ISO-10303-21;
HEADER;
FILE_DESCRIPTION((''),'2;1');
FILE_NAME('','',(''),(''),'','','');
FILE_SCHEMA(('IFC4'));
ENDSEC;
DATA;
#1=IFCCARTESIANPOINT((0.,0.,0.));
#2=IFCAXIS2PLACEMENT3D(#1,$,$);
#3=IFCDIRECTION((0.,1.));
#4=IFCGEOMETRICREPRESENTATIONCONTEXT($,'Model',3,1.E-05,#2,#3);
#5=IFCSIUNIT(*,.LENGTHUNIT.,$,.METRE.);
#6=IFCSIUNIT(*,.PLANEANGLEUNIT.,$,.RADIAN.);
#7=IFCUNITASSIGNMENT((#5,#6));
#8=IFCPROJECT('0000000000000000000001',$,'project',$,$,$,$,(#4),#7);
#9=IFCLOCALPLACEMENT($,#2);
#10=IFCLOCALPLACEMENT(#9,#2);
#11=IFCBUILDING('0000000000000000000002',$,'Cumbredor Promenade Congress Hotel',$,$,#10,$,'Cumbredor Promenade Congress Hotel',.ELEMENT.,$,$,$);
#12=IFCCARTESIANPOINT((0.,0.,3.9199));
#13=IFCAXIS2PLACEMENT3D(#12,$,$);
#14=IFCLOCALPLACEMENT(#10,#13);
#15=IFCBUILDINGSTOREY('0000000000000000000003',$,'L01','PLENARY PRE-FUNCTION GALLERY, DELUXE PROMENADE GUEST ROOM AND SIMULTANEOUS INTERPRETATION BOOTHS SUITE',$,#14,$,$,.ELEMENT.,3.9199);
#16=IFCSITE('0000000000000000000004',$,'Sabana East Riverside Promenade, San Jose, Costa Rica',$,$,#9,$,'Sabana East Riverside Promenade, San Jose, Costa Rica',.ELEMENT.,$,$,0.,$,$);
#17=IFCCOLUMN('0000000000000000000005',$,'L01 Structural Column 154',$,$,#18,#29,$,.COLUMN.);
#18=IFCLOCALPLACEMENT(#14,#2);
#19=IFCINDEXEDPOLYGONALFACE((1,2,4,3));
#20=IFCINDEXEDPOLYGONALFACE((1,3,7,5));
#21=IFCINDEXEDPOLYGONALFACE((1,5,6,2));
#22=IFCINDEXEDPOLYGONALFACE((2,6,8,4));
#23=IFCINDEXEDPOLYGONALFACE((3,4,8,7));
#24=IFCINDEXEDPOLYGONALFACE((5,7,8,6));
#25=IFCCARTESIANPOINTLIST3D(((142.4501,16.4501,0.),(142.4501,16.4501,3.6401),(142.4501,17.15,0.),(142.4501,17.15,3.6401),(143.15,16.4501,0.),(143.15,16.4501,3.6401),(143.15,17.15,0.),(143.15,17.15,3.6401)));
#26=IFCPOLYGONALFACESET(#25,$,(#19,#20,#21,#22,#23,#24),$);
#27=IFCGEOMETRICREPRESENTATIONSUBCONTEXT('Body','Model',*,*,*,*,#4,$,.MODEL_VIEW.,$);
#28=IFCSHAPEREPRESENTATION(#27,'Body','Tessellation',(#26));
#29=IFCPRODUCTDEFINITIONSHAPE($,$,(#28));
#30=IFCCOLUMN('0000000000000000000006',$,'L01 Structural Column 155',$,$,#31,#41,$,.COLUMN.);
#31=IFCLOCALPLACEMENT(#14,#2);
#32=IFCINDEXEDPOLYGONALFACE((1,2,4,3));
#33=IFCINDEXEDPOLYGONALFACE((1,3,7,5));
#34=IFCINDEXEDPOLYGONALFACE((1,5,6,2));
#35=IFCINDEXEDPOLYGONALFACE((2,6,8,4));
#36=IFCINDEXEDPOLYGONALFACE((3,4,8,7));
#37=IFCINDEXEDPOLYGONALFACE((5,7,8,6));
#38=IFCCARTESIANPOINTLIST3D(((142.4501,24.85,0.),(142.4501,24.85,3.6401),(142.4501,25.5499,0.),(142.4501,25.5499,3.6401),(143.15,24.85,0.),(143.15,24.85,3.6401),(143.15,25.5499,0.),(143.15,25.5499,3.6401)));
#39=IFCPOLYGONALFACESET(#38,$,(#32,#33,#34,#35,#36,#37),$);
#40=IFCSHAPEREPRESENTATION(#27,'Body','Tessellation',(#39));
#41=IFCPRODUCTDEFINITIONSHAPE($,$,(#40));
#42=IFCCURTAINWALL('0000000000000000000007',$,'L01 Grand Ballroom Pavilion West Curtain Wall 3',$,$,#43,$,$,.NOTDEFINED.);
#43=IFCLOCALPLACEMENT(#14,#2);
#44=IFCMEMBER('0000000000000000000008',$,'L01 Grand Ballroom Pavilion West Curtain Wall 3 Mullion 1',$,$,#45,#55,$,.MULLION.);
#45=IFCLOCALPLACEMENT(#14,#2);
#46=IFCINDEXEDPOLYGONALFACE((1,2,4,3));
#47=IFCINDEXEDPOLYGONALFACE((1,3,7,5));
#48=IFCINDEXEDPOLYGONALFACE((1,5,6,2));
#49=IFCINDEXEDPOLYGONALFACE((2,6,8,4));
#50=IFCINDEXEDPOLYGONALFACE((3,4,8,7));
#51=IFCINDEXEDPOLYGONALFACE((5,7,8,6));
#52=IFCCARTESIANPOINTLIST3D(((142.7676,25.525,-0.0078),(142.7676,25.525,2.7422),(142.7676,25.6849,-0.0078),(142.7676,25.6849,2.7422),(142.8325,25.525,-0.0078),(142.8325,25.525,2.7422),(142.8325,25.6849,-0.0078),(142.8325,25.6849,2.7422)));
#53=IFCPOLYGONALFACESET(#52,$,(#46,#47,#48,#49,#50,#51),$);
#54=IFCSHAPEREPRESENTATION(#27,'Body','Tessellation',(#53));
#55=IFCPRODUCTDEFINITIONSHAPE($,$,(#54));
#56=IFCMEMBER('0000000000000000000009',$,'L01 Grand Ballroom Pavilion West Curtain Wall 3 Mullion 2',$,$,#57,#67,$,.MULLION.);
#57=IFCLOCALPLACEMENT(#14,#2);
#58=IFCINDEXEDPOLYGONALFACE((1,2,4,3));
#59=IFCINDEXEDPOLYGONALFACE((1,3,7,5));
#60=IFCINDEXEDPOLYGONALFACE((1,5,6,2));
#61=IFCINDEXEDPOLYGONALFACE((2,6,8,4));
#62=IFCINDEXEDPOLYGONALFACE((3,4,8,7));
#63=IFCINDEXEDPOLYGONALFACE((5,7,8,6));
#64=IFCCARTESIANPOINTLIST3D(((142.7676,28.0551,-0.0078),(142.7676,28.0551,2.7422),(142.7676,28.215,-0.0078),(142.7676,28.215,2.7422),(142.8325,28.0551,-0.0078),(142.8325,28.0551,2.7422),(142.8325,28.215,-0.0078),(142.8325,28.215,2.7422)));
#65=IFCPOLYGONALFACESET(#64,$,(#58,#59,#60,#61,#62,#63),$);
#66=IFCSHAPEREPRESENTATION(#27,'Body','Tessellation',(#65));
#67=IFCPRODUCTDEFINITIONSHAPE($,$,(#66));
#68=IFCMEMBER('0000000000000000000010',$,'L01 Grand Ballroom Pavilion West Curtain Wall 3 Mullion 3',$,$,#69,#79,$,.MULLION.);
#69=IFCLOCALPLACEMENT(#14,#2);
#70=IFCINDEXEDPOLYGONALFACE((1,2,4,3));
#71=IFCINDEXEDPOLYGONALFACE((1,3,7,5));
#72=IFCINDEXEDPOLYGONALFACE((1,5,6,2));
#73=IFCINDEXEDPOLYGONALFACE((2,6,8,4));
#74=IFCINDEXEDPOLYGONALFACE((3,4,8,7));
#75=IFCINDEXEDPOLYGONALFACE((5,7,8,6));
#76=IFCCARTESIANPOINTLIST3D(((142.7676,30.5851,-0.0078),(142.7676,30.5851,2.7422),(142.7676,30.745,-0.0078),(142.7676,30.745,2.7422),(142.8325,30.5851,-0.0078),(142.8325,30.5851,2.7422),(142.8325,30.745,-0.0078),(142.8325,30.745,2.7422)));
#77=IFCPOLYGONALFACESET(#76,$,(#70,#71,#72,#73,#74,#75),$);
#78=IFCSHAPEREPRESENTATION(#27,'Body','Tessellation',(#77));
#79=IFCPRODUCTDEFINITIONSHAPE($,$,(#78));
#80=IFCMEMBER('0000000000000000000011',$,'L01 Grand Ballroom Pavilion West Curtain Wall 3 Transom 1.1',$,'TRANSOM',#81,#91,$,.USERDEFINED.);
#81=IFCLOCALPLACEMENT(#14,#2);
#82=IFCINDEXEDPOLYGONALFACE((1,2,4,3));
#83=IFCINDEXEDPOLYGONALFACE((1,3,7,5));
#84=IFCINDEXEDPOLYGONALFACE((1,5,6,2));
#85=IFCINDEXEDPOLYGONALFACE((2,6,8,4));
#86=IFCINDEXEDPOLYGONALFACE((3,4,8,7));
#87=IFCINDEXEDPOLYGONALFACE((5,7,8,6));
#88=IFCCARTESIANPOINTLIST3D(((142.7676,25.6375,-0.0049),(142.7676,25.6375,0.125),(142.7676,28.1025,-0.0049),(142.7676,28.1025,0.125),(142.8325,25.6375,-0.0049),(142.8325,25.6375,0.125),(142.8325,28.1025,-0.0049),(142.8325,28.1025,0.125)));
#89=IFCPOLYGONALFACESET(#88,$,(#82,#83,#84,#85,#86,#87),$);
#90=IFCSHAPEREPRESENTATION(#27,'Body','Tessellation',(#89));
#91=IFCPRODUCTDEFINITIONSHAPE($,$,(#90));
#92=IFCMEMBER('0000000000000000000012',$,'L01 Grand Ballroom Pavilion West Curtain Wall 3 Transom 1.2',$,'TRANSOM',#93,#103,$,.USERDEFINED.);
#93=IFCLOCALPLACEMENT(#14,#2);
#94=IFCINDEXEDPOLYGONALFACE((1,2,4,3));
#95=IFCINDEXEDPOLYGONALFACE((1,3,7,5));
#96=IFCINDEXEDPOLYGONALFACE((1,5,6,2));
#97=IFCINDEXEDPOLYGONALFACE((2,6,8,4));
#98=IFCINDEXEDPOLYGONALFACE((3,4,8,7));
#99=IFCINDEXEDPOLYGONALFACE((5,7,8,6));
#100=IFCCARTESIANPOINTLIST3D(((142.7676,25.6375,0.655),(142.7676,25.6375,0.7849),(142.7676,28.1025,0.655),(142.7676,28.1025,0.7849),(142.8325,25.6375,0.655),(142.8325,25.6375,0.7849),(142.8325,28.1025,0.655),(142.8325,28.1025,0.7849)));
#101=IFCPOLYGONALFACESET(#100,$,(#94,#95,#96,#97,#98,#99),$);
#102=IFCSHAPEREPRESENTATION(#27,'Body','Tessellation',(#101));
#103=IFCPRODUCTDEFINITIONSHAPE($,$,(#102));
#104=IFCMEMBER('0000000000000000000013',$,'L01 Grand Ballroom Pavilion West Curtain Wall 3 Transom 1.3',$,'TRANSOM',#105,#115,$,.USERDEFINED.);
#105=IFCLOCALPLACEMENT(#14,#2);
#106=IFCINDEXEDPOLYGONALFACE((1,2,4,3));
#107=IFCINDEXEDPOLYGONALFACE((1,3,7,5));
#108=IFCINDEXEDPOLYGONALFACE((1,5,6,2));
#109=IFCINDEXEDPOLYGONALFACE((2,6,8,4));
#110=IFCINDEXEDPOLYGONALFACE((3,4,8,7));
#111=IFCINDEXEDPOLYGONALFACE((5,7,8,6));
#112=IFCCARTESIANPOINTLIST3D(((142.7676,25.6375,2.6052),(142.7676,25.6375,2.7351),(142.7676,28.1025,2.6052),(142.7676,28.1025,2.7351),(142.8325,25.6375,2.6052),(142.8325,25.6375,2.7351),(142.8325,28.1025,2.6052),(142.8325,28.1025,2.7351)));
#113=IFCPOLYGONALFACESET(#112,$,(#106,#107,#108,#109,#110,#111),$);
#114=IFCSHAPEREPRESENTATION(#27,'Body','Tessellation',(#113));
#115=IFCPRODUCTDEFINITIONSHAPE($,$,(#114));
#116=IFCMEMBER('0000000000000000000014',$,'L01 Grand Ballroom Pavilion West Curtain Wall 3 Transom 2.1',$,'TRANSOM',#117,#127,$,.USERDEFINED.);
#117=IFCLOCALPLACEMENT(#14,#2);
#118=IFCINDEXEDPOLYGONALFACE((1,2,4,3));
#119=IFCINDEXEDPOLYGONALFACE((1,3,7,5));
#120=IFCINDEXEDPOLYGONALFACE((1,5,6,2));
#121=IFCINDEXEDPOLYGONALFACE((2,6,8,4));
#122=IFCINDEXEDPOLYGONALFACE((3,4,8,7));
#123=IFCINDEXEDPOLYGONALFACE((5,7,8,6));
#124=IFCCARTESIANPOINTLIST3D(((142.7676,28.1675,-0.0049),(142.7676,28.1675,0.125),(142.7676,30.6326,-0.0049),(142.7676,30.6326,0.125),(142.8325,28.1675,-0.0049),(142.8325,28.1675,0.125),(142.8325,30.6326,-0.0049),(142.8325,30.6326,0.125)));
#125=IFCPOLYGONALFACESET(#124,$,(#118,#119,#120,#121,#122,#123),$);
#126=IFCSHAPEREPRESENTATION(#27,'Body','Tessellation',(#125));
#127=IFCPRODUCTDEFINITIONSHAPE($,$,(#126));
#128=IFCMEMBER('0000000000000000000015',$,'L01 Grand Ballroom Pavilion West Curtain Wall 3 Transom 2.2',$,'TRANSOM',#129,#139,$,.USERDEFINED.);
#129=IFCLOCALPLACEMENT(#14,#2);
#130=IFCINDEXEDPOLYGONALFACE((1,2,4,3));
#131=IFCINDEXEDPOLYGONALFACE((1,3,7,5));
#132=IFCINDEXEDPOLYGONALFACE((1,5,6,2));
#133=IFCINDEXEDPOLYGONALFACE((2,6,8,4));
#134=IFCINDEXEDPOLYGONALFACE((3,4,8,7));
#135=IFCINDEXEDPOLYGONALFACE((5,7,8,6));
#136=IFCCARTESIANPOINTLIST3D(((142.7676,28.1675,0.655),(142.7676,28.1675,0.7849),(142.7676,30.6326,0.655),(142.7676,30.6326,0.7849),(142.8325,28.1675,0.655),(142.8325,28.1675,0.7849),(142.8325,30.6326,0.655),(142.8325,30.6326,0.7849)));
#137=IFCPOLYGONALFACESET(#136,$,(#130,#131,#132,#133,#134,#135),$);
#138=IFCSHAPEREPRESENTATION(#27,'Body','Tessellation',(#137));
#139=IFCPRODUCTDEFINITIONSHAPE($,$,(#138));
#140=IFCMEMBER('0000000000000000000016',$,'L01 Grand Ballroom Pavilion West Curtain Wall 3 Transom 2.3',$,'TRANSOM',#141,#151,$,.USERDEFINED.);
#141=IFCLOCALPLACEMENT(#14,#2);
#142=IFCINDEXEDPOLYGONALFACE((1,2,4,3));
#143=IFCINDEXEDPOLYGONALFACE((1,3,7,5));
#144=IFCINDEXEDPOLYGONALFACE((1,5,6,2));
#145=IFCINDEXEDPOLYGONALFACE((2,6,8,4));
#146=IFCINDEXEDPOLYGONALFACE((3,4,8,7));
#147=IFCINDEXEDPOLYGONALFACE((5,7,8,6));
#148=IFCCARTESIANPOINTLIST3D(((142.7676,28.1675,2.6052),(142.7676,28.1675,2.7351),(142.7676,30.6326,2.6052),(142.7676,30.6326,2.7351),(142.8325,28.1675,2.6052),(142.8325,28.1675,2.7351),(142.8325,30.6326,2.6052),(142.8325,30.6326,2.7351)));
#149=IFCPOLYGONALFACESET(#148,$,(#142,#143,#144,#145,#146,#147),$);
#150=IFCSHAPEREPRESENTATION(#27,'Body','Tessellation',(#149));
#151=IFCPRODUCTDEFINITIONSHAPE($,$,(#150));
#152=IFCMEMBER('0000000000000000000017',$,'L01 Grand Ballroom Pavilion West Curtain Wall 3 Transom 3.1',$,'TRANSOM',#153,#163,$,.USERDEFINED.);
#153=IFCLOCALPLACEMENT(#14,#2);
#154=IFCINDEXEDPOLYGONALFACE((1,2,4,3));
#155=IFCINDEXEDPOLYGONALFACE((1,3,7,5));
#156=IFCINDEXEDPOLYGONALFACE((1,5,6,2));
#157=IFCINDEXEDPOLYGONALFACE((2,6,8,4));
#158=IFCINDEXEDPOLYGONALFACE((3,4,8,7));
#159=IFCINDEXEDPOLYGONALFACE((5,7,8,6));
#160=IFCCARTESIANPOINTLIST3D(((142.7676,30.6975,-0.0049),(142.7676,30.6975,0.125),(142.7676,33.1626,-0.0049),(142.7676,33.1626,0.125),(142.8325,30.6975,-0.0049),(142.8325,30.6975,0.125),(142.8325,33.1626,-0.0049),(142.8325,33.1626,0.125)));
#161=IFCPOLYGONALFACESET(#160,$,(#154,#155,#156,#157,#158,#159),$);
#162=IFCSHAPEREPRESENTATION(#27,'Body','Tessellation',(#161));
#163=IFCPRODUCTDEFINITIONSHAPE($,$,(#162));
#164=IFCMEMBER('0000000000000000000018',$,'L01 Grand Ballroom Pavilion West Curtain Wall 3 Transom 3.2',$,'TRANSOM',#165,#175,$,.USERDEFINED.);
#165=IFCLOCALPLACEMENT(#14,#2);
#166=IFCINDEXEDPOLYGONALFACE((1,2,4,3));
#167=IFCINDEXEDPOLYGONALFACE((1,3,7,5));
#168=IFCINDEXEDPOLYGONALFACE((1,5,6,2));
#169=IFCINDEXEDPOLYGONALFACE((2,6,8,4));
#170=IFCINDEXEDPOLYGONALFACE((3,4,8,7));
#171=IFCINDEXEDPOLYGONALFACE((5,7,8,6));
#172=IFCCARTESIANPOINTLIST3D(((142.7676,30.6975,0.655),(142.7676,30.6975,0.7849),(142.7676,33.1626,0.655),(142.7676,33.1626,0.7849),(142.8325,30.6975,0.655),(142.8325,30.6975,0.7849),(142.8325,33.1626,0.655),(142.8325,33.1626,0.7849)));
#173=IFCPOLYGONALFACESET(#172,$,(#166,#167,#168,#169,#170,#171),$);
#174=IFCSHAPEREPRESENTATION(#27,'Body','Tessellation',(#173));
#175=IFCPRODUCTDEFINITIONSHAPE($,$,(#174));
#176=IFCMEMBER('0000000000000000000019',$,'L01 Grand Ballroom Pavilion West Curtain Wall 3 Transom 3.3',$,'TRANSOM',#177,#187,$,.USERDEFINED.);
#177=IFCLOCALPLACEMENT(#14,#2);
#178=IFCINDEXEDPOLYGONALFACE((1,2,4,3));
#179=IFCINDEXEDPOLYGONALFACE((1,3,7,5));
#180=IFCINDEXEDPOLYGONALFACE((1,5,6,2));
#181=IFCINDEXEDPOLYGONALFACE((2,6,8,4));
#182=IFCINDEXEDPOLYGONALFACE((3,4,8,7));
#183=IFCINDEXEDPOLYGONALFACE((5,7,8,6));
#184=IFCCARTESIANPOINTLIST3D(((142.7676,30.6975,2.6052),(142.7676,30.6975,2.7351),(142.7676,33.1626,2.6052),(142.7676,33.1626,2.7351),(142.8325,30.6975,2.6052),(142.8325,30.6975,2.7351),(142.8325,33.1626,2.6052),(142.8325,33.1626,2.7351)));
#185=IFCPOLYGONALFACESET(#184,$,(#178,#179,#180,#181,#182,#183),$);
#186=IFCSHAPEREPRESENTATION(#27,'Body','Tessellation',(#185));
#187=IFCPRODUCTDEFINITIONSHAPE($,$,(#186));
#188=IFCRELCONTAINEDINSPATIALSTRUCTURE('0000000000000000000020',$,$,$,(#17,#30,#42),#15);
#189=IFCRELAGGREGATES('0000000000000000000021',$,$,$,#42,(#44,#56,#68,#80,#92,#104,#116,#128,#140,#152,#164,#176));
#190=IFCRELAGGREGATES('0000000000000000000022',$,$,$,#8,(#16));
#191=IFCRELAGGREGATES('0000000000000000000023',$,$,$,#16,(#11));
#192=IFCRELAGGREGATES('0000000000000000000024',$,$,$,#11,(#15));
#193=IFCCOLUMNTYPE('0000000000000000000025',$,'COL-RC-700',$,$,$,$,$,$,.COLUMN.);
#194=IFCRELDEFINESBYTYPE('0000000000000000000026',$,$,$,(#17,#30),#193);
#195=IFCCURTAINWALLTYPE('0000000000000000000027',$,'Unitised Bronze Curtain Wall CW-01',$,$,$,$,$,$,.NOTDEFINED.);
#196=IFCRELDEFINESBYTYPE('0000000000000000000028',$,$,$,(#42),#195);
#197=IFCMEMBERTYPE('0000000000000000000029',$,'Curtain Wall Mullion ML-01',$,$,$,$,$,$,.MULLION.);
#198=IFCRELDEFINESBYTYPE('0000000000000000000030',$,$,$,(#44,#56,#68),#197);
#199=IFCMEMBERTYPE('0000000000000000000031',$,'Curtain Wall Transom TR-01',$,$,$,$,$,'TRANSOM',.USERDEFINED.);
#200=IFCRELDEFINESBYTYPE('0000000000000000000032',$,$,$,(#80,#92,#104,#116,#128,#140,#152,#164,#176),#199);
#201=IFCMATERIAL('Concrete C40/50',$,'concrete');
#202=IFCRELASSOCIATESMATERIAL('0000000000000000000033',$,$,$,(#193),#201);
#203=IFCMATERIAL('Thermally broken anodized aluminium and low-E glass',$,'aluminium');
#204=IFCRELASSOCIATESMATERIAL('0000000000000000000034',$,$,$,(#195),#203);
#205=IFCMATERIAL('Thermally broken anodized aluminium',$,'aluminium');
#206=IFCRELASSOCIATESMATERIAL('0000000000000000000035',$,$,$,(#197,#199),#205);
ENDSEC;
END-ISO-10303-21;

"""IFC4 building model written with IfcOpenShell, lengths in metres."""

from ifc_helpers import new_model, si_unit, direction, frame, origin, origin_2d, place, context, subcontext, project, spatial, rectangle, extrude, material, material_profile, profile_set, type_object, element, aggregate, save


model = new_model("IFC4")

# Units and contexts
model_context = context("Model", 3, precision=1e-05, world=origin(), true_north=direction((0.0, 1.0)))
body_context = subcontext(model_context, "Body", "Model", "MODEL_VIEW")
ifc_project = project(units=[si_unit("LENGTHUNIT", "METRE"), si_unit("PLANEANGLEUNIT", "RADIAN")], contexts=[model_context])

# Site, building, storey
site_placement = place(None, origin())
site = spatial("IfcSite", under=ifc_project, at=site_placement, Name="Sabana East Riverside Promenade, San Jose, Costa Rica", LongName="Sabana East Riverside Promenade, San Jose, Costa Rica", CompositionType="ELEMENT", RefElevation=0.0)
building_placement = place(site_placement, origin())
building = spatial("IfcBuilding", under=site, at=building_placement, Name="Cumbredor Promenade Congress Hotel", LongName="Cumbredor Promenade Congress Hotel", CompositionType="ELEMENT")
storey_placement = place(building_placement, frame((0.0, 0.0, 3.9199)))
storey = spatial("IfcBuildingStorey", under=building, at=storey_placement, Name="L01", Description="PLENARY PRE-FUNCTION GALLERY, DELUXE PROMENADE GUEST ROOM AND SIMULTANEOUS INTERPRETATION BOOTHS SUITE", CompositionType="ELEMENT", Elevation=3.9199)

# Columns
ifc_material_1 = material(Name="Concrete C40/50", Category="concrete")
ifc_material_profile_1 = material_profile(ifc_material_1, rectangle(XDim=0.7, YDim=0.7, at=origin_2d()), Name="RC 700x700")
ifc_profile_set_1 = profile_set([ifc_material_profile_1], Name="Concrete C40/50")
column_type = type_object("IfcColumnType", Name="COL-RC-700", PredefinedType="COLUMN", material=ifc_profile_set_1)
for number, where, z_axis, x_axis, name in (
    (1, (142.8, 16.8, 0.0), (0.0, 0.0, 1.0), (1.0, 0.0, 0.0), "L01 Structural Column 154"),
    (2, (142.8, 25.2, 0.0), (0.0, 0.0, 1.0), (1.0, 0.0, 0.0), "L01 Structural Column 155"),
):
    element("IfcColumn", number, at=place(storey_placement, frame(where, z_axis=z_axis, x_axis=x_axis)), inside=storey, type_object=column_type, Name=name, PredefinedType="COLUMN", context=body_context, shape_type="SweptSolid", body=[
        extrude(rectangle(XDim=0.7, YDim=0.7, at=origin_2d()), origin(), (0.0, 0.0, 1.0), 3.6401),
    ])

# Curtain wall, members
ifc_material_2 = material(Name="Thermally broken anodized aluminium and low-E glass", Category="aluminium")
curtain_wall_type = type_object("IfcCurtainWallType", Name="Unitised Bronze Curtain Wall CW-01", PredefinedType="NOTDEFINED", material=ifc_material_2)
curtain_wall_placement = place(storey_placement, origin())
curtain_wall = element("IfcCurtainWall", 3, at=curtain_wall_placement, inside=storey, type_object=curtain_wall_type, Name="L01 Grand Ballroom Pavilion West Curtain Wall 3", PredefinedType="NOTDEFINED")
ifc_material_3 = material(Name="Thermally broken anodized aluminium", Category="aluminium")
ifc_material_profile_2 = material_profile(ifc_material_3, rectangle(XDim=0.0649, YDim=0.1599, at=origin_2d()), Name="ALU MULLION 65x160")
ifc_profile_set_2 = profile_set([ifc_material_profile_2], Name="Thermally broken anodized aluminium")
member_type_1 = type_object("IfcMemberType", Name="Curtain Wall Mullion ML-01", PredefinedType="MULLION", material=ifc_profile_set_2)
member_1_placement = place(storey_placement, frame((142.8, 25.605, -0.0078), z_axis=(0.0, 0.0, 1.0), x_axis=(1.0, 0.0, 0.0)))
member_1 = element("IfcMember", 4, at=member_1_placement, type_object=member_type_1, Name="L01 Grand Ballroom Pavilion West Curtain Wall 3 Mullion 1", PredefinedType="MULLION", context=body_context, shape_type="SweptSolid", body=[
    extrude(rectangle(XDim=0.0649, YDim=0.1599, at=origin_2d()), origin(), (0.0, 0.0, 1.0), 2.75),
])
member_2_placement = place(storey_placement, frame((142.8, 28.135, -0.0078), z_axis=(0.0, 0.0, 1.0), x_axis=(1.0, 0.0, 0.0)))
member_2 = element("IfcMember", 5, at=member_2_placement, type_object=member_type_1, Name="L01 Grand Ballroom Pavilion West Curtain Wall 3 Mullion 2", PredefinedType="MULLION", context=body_context, shape_type="SweptSolid", body=[
    extrude(rectangle(XDim=0.0649, YDim=0.1599, at=origin_2d()), origin(), (0.0, 0.0, 1.0), 2.75),
])
member_3_placement = place(storey_placement, frame((142.8, 30.665, -0.0078), z_axis=(0.0, 0.0, 1.0), x_axis=(1.0, 0.0, 0.0)))
member_3 = element("IfcMember", 6, at=member_3_placement, type_object=member_type_1, Name="L01 Grand Ballroom Pavilion West Curtain Wall 3 Mullion 3", PredefinedType="MULLION", context=body_context, shape_type="SweptSolid", body=[
    extrude(rectangle(XDim=0.0649, YDim=0.1599, at=origin_2d()), origin(), (0.0, 0.0, 1.0), 2.75),
])
ifc_material_profile_3 = material_profile(ifc_material_3, rectangle(XDim=0.0649, YDim=0.1299, at=origin_2d()), Name="ALU TRANSOM 65x130")
ifc_profile_set_3 = profile_set([ifc_material_profile_3], Name="Thermally broken anodized aluminium")
member_type_2 = type_object("IfcMemberType", Name="Curtain Wall Transom TR-01", ElementType="TRANSOM", PredefinedType="USERDEFINED", material=ifc_profile_set_3)
member_4_placement = place(storey_placement, frame((142.8, 25.6375, 0.0601), z_axis=(0.0, 1.0, 0.0), x_axis=(-1.0, 0.0, 0.0)))
member_4 = element("IfcMember", 7, at=member_4_placement, type_object=member_type_2, Name="L01 Grand Ballroom Pavilion West Curtain Wall 3 Transom 1.1", ObjectType="TRANSOM", PredefinedType="USERDEFINED", context=body_context, shape_type="SweptSolid", body=[
    extrude(rectangle(XDim=0.0649, YDim=0.1299, at=origin_2d()), origin(), (0.0, 0.0, 1.0), 2.4651),
])
member_5_placement = place(storey_placement, frame((142.8, 25.6375, 0.72), z_axis=(0.0, 1.0, 0.0), x_axis=(-1.0, 0.0, 0.0)))
member_5 = element("IfcMember", 8, at=member_5_placement, type_object=member_type_2, Name="L01 Grand Ballroom Pavilion West Curtain Wall 3 Transom 1.2", ObjectType="TRANSOM", PredefinedType="USERDEFINED", context=body_context, shape_type="SweptSolid", body=[
    extrude(rectangle(XDim=0.0649, YDim=0.1299, at=origin_2d()), origin(), (0.0, 0.0, 1.0), 2.4651),
])
member_6_placement = place(storey_placement, frame((142.8, 25.6375, 2.6702), z_axis=(0.0, 1.0, 0.0), x_axis=(-1.0, 0.0, 0.0)))
member_6 = element("IfcMember", 9, at=member_6_placement, type_object=member_type_2, Name="L01 Grand Ballroom Pavilion West Curtain Wall 3 Transom 1.3", ObjectType="TRANSOM", PredefinedType="USERDEFINED", context=body_context, shape_type="SweptSolid", body=[
    extrude(rectangle(XDim=0.0649, YDim=0.1299, at=origin_2d()), origin(), (0.0, 0.0, 1.0), 2.4651),
])
member_7_placement = place(storey_placement, frame((142.8, 28.1675, 0.0601), z_axis=(0.0, 1.0, 0.0), x_axis=(-1.0, 0.0, 0.0)))
member_7 = element("IfcMember", 10, at=member_7_placement, type_object=member_type_2, Name="L01 Grand Ballroom Pavilion West Curtain Wall 3 Transom 2.1", ObjectType="TRANSOM", PredefinedType="USERDEFINED", context=body_context, shape_type="SweptSolid", body=[
    extrude(rectangle(XDim=0.0649, YDim=0.1299, at=origin_2d()), origin(), (0.0, 0.0, 1.0), 2.4651),
])
member_8_placement = place(storey_placement, frame((142.8, 28.1675, 0.72), z_axis=(0.0, 1.0, 0.0), x_axis=(-1.0, 0.0, 0.0)))
member_8 = element("IfcMember", 11, at=member_8_placement, type_object=member_type_2, Name="L01 Grand Ballroom Pavilion West Curtain Wall 3 Transom 2.2", ObjectType="TRANSOM", PredefinedType="USERDEFINED", context=body_context, shape_type="SweptSolid", body=[
    extrude(rectangle(XDim=0.0649, YDim=0.1299, at=origin_2d()), origin(), (0.0, 0.0, 1.0), 2.4651),
])
member_9_placement = place(storey_placement, frame((142.8, 28.1675, 2.6702), z_axis=(0.0, 1.0, 0.0), x_axis=(-1.0, 0.0, 0.0)))
member_9 = element("IfcMember", 12, at=member_9_placement, type_object=member_type_2, Name="L01 Grand Ballroom Pavilion West Curtain Wall 3 Transom 2.3", ObjectType="TRANSOM", PredefinedType="USERDEFINED", context=body_context, shape_type="SweptSolid", body=[
    extrude(rectangle(XDim=0.0649, YDim=0.1299, at=origin_2d()), origin(), (0.0, 0.0, 1.0), 2.4651),
])
member_10_placement = place(storey_placement, frame((142.8, 30.6975, 0.0601), z_axis=(0.0, 1.0, 0.0), x_axis=(-1.0, 0.0, 0.0)))
member_10 = element("IfcMember", 13, at=member_10_placement, type_object=member_type_2, Name="L01 Grand Ballroom Pavilion West Curtain Wall 3 Transom 3.1", ObjectType="TRANSOM", PredefinedType="USERDEFINED", context=body_context, shape_type="SweptSolid", body=[
    extrude(rectangle(XDim=0.0649, YDim=0.1299, at=origin_2d()), origin(), (0.0, 0.0, 1.0), 2.4651),
])
member_11_placement = place(storey_placement, frame((142.8, 30.6975, 0.72), z_axis=(0.0, 1.0, 0.0), x_axis=(-1.0, 0.0, 0.0)))
member_11 = element("IfcMember", 14, at=member_11_placement, type_object=member_type_2, Name="L01 Grand Ballroom Pavilion West Curtain Wall 3 Transom 3.2", ObjectType="TRANSOM", PredefinedType="USERDEFINED", context=body_context, shape_type="SweptSolid", body=[
    extrude(rectangle(XDim=0.0649, YDim=0.1299, at=origin_2d()), origin(), (0.0, 0.0, 1.0), 2.4651),
])
member_12_placement = place(storey_placement, frame((142.8, 30.6975, 2.6702), z_axis=(0.0, 1.0, 0.0), x_axis=(-1.0, 0.0, 0.0)))
member_12 = element("IfcMember", 15, at=member_12_placement, type_object=member_type_2, Name="L01 Grand Ballroom Pavilion West Curtain Wall 3 Transom 3.3", ObjectType="TRANSOM", PredefinedType="USERDEFINED", context=body_context, shape_type="SweptSolid", body=[
    extrude(rectangle(XDim=0.0649, YDim=0.1299, at=origin_2d()), origin(), (0.0, 0.0, 1.0), 2.4651),
])

aggregate(curtain_wall, [member_1, member_2, member_3, member_4, member_5, member_6, member_7, member_8, member_9, member_10, member_11, member_12])

save(model, "model.ifc")
